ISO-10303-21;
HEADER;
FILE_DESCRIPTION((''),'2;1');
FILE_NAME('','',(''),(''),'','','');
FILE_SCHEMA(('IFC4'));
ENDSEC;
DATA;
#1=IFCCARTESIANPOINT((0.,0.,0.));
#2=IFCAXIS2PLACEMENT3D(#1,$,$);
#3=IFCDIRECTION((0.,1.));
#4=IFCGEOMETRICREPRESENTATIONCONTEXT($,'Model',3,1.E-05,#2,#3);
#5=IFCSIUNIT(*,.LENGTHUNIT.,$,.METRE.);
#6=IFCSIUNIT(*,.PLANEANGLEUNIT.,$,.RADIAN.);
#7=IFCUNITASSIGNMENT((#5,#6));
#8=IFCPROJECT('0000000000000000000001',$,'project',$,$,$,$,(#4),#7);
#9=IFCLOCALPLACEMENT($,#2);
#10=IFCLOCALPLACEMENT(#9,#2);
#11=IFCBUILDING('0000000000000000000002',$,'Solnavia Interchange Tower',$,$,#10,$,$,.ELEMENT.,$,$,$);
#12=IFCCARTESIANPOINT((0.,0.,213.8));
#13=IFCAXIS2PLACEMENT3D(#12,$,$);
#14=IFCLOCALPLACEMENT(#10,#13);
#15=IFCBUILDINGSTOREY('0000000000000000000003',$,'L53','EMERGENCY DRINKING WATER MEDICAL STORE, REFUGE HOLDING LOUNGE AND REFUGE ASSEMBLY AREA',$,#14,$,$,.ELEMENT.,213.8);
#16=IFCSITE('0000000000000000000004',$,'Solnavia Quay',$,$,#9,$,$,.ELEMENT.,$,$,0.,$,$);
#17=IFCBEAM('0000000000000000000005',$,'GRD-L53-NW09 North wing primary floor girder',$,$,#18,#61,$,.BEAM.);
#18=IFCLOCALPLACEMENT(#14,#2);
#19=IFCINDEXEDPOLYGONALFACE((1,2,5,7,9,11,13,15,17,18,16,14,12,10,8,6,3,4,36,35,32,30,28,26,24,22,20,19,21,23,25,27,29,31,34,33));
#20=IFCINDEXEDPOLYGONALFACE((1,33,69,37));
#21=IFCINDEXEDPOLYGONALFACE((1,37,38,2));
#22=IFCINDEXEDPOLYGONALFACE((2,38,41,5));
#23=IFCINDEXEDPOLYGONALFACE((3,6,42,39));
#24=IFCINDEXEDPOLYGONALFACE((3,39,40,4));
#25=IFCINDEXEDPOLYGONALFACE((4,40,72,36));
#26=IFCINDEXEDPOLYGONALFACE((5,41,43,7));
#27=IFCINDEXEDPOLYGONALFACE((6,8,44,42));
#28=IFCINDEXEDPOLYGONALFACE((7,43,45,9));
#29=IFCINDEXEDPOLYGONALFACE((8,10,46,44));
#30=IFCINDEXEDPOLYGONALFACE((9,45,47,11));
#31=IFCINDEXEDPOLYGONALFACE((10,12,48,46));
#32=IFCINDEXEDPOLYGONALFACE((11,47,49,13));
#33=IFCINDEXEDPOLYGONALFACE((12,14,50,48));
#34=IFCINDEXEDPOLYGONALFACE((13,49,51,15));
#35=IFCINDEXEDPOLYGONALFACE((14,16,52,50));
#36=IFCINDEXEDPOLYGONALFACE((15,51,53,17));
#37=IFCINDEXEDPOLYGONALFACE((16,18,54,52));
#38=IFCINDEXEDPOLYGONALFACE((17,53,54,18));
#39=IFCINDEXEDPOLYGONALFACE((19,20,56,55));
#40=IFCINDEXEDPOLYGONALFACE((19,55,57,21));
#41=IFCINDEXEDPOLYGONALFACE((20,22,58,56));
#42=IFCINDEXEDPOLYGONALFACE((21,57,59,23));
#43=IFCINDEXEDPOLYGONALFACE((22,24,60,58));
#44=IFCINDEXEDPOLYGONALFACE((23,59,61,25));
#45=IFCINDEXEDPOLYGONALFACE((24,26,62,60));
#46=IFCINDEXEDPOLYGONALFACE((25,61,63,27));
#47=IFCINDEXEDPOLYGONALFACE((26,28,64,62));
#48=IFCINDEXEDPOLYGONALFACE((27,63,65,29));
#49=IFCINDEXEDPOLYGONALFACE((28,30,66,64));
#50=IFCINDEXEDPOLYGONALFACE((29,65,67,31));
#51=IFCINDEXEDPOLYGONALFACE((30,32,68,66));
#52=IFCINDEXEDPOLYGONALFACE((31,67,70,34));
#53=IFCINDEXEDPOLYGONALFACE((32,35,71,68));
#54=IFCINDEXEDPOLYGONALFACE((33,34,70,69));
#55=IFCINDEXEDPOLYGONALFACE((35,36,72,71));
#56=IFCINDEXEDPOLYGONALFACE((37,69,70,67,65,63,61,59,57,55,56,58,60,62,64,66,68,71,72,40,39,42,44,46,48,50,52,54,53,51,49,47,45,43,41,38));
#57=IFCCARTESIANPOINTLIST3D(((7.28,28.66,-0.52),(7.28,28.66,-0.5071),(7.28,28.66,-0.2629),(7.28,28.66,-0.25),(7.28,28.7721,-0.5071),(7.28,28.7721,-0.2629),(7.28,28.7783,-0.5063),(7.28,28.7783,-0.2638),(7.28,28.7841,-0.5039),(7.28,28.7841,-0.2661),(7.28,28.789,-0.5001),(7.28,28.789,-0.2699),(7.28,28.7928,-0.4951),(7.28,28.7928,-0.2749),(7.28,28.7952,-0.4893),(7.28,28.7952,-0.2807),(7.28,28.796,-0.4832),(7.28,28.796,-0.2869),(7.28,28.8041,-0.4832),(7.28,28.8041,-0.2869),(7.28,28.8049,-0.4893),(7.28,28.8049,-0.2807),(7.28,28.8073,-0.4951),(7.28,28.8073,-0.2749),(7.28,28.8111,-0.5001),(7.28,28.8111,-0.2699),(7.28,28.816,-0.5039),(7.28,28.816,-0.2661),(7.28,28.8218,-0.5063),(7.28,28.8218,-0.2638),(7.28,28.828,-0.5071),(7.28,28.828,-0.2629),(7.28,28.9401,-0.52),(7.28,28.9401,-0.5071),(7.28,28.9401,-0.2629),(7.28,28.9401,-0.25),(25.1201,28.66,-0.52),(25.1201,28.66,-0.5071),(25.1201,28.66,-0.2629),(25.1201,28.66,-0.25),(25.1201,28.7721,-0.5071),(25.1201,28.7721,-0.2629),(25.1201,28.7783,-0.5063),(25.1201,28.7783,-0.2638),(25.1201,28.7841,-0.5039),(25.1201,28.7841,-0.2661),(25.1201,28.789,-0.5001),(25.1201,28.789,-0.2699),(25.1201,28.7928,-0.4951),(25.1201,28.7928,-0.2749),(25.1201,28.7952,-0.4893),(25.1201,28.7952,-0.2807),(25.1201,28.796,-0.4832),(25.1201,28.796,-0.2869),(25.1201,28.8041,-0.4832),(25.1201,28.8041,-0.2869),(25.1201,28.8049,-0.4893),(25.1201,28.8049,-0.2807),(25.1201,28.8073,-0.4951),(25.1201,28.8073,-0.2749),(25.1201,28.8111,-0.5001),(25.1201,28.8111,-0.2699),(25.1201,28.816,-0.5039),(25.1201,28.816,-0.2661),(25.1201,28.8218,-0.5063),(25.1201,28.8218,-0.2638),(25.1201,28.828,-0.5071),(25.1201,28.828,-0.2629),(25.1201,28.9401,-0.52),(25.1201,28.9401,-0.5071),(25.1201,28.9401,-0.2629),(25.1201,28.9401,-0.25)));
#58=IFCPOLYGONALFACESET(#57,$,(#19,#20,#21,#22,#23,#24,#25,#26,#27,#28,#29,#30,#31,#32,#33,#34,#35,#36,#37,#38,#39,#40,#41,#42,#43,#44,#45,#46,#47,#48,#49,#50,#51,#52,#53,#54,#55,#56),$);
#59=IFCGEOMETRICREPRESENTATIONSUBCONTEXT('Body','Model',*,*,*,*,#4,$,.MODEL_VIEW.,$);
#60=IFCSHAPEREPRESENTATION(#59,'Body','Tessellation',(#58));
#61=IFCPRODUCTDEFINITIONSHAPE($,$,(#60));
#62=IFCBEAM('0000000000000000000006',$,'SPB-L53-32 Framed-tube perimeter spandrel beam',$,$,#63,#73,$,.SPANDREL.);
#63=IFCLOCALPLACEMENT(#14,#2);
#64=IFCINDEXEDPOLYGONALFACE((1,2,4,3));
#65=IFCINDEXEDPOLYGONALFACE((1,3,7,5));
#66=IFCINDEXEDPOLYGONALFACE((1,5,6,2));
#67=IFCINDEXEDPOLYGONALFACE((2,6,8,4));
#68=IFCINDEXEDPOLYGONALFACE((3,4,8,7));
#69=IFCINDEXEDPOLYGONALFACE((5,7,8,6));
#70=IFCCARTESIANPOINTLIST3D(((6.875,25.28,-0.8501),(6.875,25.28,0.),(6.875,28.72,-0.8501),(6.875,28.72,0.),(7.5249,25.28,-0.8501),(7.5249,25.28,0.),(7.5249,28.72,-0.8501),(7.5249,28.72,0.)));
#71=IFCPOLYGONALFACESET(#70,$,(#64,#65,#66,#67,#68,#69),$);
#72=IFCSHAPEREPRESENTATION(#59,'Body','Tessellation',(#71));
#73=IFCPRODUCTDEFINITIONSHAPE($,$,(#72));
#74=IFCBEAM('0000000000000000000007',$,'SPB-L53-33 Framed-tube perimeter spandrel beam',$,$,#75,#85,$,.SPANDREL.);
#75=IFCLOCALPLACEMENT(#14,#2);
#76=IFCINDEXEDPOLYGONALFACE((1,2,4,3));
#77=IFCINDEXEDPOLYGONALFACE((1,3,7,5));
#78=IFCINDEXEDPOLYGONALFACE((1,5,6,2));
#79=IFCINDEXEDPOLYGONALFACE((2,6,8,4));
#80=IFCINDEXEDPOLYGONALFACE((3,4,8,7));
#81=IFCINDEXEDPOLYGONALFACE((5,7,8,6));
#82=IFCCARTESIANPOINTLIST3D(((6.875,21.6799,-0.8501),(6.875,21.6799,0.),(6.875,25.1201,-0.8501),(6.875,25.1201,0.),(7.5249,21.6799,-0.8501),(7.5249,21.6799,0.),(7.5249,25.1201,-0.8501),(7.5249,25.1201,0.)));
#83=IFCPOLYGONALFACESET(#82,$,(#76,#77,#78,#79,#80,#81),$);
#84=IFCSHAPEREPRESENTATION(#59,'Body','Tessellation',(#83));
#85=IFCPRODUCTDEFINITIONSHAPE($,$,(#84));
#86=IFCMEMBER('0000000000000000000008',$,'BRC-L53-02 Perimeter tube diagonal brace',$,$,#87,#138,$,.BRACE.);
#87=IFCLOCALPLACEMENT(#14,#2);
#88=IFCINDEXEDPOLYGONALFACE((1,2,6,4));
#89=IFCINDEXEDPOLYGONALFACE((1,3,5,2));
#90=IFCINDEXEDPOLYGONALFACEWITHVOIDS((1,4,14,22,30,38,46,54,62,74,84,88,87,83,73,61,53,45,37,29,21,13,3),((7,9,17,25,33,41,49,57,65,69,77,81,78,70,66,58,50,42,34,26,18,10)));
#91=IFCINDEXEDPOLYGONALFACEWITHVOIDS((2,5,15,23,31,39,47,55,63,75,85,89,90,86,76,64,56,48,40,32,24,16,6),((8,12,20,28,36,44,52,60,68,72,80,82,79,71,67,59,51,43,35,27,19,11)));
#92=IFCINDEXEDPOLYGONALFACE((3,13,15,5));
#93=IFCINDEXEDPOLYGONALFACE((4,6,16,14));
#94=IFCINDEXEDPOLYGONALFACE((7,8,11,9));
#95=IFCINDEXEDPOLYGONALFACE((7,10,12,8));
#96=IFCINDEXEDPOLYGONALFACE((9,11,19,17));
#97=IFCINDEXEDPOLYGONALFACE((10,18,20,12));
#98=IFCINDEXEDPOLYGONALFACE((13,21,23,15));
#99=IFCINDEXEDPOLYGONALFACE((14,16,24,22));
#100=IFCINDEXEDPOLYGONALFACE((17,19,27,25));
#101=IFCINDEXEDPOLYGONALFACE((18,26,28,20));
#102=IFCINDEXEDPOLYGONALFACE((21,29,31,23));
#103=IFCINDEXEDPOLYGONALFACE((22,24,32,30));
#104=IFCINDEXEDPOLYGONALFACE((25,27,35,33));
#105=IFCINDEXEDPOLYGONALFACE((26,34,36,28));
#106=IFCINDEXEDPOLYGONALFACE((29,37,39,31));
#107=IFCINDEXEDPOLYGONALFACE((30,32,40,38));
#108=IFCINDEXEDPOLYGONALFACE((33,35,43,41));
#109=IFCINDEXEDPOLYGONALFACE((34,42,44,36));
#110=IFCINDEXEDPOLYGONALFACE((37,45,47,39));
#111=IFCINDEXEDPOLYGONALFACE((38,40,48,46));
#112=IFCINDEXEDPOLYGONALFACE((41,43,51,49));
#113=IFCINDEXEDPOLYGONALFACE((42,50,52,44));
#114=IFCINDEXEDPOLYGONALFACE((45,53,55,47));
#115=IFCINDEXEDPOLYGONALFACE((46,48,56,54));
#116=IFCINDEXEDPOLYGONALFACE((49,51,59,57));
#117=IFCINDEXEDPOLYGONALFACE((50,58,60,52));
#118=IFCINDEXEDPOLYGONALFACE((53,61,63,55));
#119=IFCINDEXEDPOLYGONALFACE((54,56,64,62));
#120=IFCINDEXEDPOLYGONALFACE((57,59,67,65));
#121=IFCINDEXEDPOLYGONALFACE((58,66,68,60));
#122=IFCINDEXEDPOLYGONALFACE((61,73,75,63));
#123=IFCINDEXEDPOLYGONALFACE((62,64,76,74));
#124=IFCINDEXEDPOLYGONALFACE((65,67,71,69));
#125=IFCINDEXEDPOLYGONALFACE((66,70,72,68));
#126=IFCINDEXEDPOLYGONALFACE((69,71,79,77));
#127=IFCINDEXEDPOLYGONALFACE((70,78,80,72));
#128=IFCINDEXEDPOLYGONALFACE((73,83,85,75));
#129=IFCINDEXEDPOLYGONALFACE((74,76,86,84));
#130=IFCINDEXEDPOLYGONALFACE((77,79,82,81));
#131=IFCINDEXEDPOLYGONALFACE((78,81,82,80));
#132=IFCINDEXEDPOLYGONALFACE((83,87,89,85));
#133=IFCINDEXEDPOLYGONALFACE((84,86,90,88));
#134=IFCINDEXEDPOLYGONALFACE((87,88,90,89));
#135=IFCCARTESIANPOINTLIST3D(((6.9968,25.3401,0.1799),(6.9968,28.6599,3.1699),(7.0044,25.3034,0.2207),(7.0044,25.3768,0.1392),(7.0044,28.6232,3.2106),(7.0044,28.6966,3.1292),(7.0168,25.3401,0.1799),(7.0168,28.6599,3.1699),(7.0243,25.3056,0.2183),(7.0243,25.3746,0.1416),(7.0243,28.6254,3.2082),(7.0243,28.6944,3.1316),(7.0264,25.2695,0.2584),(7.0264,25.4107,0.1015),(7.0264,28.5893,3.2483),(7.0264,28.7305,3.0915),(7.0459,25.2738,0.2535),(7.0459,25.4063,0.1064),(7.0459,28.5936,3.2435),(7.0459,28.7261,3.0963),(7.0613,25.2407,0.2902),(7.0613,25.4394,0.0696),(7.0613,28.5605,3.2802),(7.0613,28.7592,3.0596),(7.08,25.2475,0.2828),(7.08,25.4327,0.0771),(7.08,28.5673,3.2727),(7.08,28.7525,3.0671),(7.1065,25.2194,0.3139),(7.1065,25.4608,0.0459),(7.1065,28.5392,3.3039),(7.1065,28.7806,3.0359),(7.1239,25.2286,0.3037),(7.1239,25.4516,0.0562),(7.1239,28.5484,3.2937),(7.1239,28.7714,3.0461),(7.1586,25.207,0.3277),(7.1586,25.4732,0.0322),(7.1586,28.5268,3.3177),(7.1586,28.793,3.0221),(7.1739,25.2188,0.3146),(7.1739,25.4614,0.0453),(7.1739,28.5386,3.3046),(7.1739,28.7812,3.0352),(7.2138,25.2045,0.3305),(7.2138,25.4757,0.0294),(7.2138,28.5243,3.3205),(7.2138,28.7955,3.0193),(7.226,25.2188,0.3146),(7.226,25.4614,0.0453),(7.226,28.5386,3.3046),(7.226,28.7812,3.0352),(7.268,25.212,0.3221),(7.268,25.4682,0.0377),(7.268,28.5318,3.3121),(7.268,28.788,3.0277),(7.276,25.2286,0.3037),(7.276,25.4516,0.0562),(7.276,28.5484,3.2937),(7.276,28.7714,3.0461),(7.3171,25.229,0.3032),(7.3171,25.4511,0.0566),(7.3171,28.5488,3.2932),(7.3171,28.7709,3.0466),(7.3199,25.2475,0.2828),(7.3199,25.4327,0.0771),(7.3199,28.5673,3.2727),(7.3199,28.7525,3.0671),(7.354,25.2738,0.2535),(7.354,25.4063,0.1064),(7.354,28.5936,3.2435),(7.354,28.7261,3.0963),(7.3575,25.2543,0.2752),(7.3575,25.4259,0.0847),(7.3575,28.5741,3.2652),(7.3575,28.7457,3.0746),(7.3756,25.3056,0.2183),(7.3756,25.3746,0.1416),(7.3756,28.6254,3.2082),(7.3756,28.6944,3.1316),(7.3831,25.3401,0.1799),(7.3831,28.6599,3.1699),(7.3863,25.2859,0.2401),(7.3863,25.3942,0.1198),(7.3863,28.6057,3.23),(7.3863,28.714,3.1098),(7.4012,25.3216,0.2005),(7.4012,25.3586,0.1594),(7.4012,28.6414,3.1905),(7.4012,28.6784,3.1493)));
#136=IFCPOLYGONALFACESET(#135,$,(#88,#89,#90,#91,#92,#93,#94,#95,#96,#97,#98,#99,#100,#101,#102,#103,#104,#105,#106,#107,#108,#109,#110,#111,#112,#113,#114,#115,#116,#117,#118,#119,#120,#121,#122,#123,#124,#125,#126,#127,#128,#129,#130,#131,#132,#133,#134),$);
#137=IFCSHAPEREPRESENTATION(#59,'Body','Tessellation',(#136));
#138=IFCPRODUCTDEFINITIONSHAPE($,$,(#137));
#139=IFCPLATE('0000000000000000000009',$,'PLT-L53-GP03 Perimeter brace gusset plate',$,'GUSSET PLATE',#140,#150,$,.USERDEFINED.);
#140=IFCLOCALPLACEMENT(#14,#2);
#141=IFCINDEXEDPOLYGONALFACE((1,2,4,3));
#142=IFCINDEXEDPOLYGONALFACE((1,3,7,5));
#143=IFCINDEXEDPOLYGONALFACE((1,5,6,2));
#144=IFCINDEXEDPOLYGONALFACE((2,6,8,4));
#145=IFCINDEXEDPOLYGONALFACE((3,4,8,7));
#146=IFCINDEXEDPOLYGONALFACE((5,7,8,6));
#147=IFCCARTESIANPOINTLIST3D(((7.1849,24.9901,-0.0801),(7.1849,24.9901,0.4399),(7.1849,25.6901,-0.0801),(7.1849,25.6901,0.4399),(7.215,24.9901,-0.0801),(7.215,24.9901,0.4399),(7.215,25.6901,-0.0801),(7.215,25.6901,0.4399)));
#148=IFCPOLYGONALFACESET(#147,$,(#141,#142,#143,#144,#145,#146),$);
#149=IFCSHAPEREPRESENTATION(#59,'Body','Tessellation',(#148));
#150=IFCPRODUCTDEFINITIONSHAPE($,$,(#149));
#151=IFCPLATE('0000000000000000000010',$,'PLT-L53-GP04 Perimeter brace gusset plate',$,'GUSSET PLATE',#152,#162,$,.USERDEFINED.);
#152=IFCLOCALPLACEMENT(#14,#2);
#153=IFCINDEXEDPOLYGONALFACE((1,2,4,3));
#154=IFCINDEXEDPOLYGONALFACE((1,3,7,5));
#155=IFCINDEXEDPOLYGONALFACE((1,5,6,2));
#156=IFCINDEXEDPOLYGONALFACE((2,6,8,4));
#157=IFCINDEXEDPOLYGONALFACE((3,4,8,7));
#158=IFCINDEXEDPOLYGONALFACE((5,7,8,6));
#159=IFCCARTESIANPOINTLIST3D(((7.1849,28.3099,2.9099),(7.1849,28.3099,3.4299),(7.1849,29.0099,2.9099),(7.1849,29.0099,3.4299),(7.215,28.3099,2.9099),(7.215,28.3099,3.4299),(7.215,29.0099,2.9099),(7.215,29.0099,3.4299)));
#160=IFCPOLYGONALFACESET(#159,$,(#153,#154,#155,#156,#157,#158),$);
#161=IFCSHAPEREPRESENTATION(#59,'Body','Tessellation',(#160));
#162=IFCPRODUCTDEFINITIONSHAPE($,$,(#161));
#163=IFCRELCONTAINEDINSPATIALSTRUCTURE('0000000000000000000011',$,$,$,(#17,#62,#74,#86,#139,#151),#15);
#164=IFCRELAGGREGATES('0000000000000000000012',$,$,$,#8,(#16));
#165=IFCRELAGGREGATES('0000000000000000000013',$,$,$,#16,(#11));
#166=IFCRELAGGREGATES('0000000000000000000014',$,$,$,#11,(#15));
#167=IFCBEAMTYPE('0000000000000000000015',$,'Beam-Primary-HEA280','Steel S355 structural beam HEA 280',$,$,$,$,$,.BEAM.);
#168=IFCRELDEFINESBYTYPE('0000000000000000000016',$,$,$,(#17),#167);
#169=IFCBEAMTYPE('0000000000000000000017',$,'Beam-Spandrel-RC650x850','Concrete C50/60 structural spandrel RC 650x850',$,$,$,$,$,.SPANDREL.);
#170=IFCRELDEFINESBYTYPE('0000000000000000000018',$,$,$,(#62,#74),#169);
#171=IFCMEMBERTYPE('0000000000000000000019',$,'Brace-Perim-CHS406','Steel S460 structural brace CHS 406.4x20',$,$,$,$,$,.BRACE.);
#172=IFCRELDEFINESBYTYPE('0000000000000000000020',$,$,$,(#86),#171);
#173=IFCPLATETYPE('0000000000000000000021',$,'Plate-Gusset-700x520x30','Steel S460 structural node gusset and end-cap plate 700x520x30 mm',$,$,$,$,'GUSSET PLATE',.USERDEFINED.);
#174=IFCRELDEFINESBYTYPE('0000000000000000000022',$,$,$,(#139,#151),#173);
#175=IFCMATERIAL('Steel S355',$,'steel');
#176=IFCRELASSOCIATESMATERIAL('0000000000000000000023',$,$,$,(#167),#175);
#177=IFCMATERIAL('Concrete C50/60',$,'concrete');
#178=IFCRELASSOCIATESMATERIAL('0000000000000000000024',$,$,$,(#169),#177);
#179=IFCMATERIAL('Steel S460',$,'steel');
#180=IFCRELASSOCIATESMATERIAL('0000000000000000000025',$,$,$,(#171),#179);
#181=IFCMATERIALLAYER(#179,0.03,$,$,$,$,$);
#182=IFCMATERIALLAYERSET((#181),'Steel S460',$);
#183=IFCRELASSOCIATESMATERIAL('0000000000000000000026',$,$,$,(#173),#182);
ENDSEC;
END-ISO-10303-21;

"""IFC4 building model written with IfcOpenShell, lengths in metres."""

from ifc_helpers import new_model, si_unit, direction, frame, origin, origin_2d, place, context, subcontext, project, spatial, rectangle, hollow_circle, i_section, extrude, material, layer, layer_set, material_profile, profile_set, type_object, element, save


model = new_model("IFC4")

# Units and contexts
model_context = context("Model", 3, precision=1e-05, world=origin(), true_north=direction((0.0, 1.0)))
body_context = subcontext(model_context, "Body", "Model", "MODEL_VIEW")
ifc_project = project(units=[si_unit("LENGTHUNIT", "METRE"), si_unit("PLANEANGLEUNIT", "RADIAN")], contexts=[model_context])

# Site, building, storey
site_placement = place(None, origin())
site = spatial("IfcSite", under=ifc_project, at=site_placement, Name="Solnavia Quay", CompositionType="ELEMENT", RefElevation=0.0)
building_placement = place(site_placement, origin())
building = spatial("IfcBuilding", under=site, at=building_placement, Name="Solnavia Interchange Tower", CompositionType="ELEMENT")
storey_placement = place(building_placement, frame((0.0, 0.0, 213.8)))
storey = spatial("IfcBuildingStorey", under=building, at=storey_placement, Name="L53", Description="EMERGENCY DRINKING WATER MEDICAL STORE, REFUGE HOLDING LOUNGE AND REFUGE ASSEMBLY AREA", CompositionType="ELEMENT", Elevation=213.8)

# Shared definitions
ifc_material_1 = material(Name="Concrete C50/60", Category="concrete")

# Beams
ifc_material_2 = material(Name="Steel S460", Category="steel")
ifc_material_3 = material(Name="Steel S355", Category="steel")
ifc_material_profile_1 = material_profile(ifc_material_3, i_section(OverallWidth=0.28, OverallDepth=0.27, WebThickness=0.0081, FlangeThickness=0.0129, FilletRadius=0.0239, at=origin_2d()), Name="HEA 280")
ifc_profile_set_1 = profile_set([ifc_material_profile_1], Name="Steel S355")
beam_type_1 = type_object("IfcBeamType", Name="Beam-Primary-HEA280", Description="Steel S355 structural beam HEA 280", PredefinedType="BEAM", material=ifc_profile_set_1)
beam_1_placement = place(storey_placement, frame((7.28, 28.8, -0.385), z_axis=(1.0, 0.0, 0.0), x_axis=(0.0, 1.0, 0.0)))
element("IfcBeam", 1, at=beam_1_placement, inside=storey, type_object=beam_type_1, Name="GRD-L53-NW09 North wing primary floor girder", PredefinedType="BEAM", context=body_context, shape_type="SweptSolid", body=[
    extrude(i_section(OverallWidth=0.28, OverallDepth=0.27, WebThickness=0.0081, FlangeThickness=0.0129, FilletRadius=0.0239, at=origin_2d()), origin(), (0.0, 0.0, 1.0), 17.8401),
])
ifc_material_profile_2 = material_profile(ifc_material_1, rectangle(XDim=0.6499, YDim=0.8501, at=origin_2d()), Name="RC 650x850")
ifc_profile_set_2 = profile_set([ifc_material_profile_2], Name="Concrete C50/60")
beam_type_2 = type_object("IfcBeamType", Name="Beam-Spandrel-RC650x850", Description="Concrete C50/60 structural spandrel RC 650x850", PredefinedType="SPANDREL", material=ifc_profile_set_2)
beam_2_placement = place(storey_placement, frame((7.2, 28.72, -0.425), z_axis=(0.0, -1.0, 0.0), x_axis=(1.0, 0.0, 0.0)))
element("IfcBeam", 2, at=beam_2_placement, inside=storey, type_object=beam_type_2, Name="SPB-L53-32 Framed-tube perimeter spandrel beam", PredefinedType="SPANDREL", context=body_context, shape_type="SweptSolid", body=[
    extrude(rectangle(XDim=0.6499, YDim=0.8501, at=origin_2d()), origin(), (0.0, 0.0, 1.0), 3.4399),
])
beam_3_placement = place(storey_placement, frame((7.2, 25.1201, -0.425), z_axis=(0.0, -1.0, 0.0), x_axis=(1.0, 0.0, 0.0)))
element("IfcBeam", 3, at=beam_3_placement, inside=storey, type_object=beam_type_2, Name="SPB-L53-33 Framed-tube perimeter spandrel beam", PredefinedType="SPANDREL", context=body_context, shape_type="SweptSolid", body=[
    extrude(rectangle(XDim=0.6499, YDim=0.8501, at=origin_2d()), origin(), (0.0, 0.0, 1.0), 3.4402),
])

# Member
ifc_material_profile_3 = material_profile(ifc_material_2, hollow_circle(Radius=0.2031, WallThickness=0.02, at=origin_2d()), Name="CHS 406.4x20")
ifc_profile_set_3 = profile_set([ifc_material_profile_3], Name="Steel S460")
member_type = type_object("IfcMemberType", Name="Brace-Perim-CHS406", Description="Steel S460 structural brace CHS 406.4x20", PredefinedType="BRACE", material=ifc_profile_set_3)
member_placement = place(storey_placement, frame((7.2, 25.3401, 0.1799), z_axis=(0.0, 0.743055, 0.66923), x_axis=(-1.0, 0.0, 0.0)))
element("IfcMember", 4, at=member_placement, inside=storey, type_object=member_type, Name="BRC-L53-02 Perimeter tube diagonal brace", PredefinedType="BRACE", context=body_context, shape_type="SweptSolid", body=[
    extrude(hollow_circle(Radius=0.2031, WallThickness=0.02, at=origin_2d()), origin(), (0.0, 0.0, 1.0), 4.4678),
])

# Plates
ifc_layer_1 = layer(ifc_material_2, 0.03)
ifc_layer_set_1 = layer_set([ifc_layer_1], Name="Steel S460")
plate_type = type_object("IfcPlateType", Name="Plate-Gusset-700x520x30", Description="Steel S460 structural node gusset and end-cap plate 700x520x30 mm", ElementType="GUSSET PLATE", PredefinedType="USERDEFINED", material=ifc_layer_set_1)
for number, where, z_axis, x_axis, name in (
    (5, (7.2, 25.3401, -0.0801), (0.0, 0.0, 1.0), (0.0, 1.0, 0.0), "PLT-L53-GP03 Perimeter brace gusset plate"),
    (6, (7.2, 28.6599, 2.9099), (0.0, 0.0, 1.0), (0.0, 1.0, 0.0), "PLT-L53-GP04 Perimeter brace gusset plate"),
):
    element("IfcPlate", number, at=place(storey_placement, frame(where, z_axis=z_axis, x_axis=x_axis)), inside=storey, type_object=plate_type, Name=name, ObjectType="GUSSET PLATE", PredefinedType="USERDEFINED", context=body_context, shape_type="SweptSolid", body=[
        extrude(rectangle(XDim=0.7, YDim=0.03, at=origin_2d()), origin(), (0.0, 0.0, 1.0), 0.52),
    ])

save(model, "model.ifc")
